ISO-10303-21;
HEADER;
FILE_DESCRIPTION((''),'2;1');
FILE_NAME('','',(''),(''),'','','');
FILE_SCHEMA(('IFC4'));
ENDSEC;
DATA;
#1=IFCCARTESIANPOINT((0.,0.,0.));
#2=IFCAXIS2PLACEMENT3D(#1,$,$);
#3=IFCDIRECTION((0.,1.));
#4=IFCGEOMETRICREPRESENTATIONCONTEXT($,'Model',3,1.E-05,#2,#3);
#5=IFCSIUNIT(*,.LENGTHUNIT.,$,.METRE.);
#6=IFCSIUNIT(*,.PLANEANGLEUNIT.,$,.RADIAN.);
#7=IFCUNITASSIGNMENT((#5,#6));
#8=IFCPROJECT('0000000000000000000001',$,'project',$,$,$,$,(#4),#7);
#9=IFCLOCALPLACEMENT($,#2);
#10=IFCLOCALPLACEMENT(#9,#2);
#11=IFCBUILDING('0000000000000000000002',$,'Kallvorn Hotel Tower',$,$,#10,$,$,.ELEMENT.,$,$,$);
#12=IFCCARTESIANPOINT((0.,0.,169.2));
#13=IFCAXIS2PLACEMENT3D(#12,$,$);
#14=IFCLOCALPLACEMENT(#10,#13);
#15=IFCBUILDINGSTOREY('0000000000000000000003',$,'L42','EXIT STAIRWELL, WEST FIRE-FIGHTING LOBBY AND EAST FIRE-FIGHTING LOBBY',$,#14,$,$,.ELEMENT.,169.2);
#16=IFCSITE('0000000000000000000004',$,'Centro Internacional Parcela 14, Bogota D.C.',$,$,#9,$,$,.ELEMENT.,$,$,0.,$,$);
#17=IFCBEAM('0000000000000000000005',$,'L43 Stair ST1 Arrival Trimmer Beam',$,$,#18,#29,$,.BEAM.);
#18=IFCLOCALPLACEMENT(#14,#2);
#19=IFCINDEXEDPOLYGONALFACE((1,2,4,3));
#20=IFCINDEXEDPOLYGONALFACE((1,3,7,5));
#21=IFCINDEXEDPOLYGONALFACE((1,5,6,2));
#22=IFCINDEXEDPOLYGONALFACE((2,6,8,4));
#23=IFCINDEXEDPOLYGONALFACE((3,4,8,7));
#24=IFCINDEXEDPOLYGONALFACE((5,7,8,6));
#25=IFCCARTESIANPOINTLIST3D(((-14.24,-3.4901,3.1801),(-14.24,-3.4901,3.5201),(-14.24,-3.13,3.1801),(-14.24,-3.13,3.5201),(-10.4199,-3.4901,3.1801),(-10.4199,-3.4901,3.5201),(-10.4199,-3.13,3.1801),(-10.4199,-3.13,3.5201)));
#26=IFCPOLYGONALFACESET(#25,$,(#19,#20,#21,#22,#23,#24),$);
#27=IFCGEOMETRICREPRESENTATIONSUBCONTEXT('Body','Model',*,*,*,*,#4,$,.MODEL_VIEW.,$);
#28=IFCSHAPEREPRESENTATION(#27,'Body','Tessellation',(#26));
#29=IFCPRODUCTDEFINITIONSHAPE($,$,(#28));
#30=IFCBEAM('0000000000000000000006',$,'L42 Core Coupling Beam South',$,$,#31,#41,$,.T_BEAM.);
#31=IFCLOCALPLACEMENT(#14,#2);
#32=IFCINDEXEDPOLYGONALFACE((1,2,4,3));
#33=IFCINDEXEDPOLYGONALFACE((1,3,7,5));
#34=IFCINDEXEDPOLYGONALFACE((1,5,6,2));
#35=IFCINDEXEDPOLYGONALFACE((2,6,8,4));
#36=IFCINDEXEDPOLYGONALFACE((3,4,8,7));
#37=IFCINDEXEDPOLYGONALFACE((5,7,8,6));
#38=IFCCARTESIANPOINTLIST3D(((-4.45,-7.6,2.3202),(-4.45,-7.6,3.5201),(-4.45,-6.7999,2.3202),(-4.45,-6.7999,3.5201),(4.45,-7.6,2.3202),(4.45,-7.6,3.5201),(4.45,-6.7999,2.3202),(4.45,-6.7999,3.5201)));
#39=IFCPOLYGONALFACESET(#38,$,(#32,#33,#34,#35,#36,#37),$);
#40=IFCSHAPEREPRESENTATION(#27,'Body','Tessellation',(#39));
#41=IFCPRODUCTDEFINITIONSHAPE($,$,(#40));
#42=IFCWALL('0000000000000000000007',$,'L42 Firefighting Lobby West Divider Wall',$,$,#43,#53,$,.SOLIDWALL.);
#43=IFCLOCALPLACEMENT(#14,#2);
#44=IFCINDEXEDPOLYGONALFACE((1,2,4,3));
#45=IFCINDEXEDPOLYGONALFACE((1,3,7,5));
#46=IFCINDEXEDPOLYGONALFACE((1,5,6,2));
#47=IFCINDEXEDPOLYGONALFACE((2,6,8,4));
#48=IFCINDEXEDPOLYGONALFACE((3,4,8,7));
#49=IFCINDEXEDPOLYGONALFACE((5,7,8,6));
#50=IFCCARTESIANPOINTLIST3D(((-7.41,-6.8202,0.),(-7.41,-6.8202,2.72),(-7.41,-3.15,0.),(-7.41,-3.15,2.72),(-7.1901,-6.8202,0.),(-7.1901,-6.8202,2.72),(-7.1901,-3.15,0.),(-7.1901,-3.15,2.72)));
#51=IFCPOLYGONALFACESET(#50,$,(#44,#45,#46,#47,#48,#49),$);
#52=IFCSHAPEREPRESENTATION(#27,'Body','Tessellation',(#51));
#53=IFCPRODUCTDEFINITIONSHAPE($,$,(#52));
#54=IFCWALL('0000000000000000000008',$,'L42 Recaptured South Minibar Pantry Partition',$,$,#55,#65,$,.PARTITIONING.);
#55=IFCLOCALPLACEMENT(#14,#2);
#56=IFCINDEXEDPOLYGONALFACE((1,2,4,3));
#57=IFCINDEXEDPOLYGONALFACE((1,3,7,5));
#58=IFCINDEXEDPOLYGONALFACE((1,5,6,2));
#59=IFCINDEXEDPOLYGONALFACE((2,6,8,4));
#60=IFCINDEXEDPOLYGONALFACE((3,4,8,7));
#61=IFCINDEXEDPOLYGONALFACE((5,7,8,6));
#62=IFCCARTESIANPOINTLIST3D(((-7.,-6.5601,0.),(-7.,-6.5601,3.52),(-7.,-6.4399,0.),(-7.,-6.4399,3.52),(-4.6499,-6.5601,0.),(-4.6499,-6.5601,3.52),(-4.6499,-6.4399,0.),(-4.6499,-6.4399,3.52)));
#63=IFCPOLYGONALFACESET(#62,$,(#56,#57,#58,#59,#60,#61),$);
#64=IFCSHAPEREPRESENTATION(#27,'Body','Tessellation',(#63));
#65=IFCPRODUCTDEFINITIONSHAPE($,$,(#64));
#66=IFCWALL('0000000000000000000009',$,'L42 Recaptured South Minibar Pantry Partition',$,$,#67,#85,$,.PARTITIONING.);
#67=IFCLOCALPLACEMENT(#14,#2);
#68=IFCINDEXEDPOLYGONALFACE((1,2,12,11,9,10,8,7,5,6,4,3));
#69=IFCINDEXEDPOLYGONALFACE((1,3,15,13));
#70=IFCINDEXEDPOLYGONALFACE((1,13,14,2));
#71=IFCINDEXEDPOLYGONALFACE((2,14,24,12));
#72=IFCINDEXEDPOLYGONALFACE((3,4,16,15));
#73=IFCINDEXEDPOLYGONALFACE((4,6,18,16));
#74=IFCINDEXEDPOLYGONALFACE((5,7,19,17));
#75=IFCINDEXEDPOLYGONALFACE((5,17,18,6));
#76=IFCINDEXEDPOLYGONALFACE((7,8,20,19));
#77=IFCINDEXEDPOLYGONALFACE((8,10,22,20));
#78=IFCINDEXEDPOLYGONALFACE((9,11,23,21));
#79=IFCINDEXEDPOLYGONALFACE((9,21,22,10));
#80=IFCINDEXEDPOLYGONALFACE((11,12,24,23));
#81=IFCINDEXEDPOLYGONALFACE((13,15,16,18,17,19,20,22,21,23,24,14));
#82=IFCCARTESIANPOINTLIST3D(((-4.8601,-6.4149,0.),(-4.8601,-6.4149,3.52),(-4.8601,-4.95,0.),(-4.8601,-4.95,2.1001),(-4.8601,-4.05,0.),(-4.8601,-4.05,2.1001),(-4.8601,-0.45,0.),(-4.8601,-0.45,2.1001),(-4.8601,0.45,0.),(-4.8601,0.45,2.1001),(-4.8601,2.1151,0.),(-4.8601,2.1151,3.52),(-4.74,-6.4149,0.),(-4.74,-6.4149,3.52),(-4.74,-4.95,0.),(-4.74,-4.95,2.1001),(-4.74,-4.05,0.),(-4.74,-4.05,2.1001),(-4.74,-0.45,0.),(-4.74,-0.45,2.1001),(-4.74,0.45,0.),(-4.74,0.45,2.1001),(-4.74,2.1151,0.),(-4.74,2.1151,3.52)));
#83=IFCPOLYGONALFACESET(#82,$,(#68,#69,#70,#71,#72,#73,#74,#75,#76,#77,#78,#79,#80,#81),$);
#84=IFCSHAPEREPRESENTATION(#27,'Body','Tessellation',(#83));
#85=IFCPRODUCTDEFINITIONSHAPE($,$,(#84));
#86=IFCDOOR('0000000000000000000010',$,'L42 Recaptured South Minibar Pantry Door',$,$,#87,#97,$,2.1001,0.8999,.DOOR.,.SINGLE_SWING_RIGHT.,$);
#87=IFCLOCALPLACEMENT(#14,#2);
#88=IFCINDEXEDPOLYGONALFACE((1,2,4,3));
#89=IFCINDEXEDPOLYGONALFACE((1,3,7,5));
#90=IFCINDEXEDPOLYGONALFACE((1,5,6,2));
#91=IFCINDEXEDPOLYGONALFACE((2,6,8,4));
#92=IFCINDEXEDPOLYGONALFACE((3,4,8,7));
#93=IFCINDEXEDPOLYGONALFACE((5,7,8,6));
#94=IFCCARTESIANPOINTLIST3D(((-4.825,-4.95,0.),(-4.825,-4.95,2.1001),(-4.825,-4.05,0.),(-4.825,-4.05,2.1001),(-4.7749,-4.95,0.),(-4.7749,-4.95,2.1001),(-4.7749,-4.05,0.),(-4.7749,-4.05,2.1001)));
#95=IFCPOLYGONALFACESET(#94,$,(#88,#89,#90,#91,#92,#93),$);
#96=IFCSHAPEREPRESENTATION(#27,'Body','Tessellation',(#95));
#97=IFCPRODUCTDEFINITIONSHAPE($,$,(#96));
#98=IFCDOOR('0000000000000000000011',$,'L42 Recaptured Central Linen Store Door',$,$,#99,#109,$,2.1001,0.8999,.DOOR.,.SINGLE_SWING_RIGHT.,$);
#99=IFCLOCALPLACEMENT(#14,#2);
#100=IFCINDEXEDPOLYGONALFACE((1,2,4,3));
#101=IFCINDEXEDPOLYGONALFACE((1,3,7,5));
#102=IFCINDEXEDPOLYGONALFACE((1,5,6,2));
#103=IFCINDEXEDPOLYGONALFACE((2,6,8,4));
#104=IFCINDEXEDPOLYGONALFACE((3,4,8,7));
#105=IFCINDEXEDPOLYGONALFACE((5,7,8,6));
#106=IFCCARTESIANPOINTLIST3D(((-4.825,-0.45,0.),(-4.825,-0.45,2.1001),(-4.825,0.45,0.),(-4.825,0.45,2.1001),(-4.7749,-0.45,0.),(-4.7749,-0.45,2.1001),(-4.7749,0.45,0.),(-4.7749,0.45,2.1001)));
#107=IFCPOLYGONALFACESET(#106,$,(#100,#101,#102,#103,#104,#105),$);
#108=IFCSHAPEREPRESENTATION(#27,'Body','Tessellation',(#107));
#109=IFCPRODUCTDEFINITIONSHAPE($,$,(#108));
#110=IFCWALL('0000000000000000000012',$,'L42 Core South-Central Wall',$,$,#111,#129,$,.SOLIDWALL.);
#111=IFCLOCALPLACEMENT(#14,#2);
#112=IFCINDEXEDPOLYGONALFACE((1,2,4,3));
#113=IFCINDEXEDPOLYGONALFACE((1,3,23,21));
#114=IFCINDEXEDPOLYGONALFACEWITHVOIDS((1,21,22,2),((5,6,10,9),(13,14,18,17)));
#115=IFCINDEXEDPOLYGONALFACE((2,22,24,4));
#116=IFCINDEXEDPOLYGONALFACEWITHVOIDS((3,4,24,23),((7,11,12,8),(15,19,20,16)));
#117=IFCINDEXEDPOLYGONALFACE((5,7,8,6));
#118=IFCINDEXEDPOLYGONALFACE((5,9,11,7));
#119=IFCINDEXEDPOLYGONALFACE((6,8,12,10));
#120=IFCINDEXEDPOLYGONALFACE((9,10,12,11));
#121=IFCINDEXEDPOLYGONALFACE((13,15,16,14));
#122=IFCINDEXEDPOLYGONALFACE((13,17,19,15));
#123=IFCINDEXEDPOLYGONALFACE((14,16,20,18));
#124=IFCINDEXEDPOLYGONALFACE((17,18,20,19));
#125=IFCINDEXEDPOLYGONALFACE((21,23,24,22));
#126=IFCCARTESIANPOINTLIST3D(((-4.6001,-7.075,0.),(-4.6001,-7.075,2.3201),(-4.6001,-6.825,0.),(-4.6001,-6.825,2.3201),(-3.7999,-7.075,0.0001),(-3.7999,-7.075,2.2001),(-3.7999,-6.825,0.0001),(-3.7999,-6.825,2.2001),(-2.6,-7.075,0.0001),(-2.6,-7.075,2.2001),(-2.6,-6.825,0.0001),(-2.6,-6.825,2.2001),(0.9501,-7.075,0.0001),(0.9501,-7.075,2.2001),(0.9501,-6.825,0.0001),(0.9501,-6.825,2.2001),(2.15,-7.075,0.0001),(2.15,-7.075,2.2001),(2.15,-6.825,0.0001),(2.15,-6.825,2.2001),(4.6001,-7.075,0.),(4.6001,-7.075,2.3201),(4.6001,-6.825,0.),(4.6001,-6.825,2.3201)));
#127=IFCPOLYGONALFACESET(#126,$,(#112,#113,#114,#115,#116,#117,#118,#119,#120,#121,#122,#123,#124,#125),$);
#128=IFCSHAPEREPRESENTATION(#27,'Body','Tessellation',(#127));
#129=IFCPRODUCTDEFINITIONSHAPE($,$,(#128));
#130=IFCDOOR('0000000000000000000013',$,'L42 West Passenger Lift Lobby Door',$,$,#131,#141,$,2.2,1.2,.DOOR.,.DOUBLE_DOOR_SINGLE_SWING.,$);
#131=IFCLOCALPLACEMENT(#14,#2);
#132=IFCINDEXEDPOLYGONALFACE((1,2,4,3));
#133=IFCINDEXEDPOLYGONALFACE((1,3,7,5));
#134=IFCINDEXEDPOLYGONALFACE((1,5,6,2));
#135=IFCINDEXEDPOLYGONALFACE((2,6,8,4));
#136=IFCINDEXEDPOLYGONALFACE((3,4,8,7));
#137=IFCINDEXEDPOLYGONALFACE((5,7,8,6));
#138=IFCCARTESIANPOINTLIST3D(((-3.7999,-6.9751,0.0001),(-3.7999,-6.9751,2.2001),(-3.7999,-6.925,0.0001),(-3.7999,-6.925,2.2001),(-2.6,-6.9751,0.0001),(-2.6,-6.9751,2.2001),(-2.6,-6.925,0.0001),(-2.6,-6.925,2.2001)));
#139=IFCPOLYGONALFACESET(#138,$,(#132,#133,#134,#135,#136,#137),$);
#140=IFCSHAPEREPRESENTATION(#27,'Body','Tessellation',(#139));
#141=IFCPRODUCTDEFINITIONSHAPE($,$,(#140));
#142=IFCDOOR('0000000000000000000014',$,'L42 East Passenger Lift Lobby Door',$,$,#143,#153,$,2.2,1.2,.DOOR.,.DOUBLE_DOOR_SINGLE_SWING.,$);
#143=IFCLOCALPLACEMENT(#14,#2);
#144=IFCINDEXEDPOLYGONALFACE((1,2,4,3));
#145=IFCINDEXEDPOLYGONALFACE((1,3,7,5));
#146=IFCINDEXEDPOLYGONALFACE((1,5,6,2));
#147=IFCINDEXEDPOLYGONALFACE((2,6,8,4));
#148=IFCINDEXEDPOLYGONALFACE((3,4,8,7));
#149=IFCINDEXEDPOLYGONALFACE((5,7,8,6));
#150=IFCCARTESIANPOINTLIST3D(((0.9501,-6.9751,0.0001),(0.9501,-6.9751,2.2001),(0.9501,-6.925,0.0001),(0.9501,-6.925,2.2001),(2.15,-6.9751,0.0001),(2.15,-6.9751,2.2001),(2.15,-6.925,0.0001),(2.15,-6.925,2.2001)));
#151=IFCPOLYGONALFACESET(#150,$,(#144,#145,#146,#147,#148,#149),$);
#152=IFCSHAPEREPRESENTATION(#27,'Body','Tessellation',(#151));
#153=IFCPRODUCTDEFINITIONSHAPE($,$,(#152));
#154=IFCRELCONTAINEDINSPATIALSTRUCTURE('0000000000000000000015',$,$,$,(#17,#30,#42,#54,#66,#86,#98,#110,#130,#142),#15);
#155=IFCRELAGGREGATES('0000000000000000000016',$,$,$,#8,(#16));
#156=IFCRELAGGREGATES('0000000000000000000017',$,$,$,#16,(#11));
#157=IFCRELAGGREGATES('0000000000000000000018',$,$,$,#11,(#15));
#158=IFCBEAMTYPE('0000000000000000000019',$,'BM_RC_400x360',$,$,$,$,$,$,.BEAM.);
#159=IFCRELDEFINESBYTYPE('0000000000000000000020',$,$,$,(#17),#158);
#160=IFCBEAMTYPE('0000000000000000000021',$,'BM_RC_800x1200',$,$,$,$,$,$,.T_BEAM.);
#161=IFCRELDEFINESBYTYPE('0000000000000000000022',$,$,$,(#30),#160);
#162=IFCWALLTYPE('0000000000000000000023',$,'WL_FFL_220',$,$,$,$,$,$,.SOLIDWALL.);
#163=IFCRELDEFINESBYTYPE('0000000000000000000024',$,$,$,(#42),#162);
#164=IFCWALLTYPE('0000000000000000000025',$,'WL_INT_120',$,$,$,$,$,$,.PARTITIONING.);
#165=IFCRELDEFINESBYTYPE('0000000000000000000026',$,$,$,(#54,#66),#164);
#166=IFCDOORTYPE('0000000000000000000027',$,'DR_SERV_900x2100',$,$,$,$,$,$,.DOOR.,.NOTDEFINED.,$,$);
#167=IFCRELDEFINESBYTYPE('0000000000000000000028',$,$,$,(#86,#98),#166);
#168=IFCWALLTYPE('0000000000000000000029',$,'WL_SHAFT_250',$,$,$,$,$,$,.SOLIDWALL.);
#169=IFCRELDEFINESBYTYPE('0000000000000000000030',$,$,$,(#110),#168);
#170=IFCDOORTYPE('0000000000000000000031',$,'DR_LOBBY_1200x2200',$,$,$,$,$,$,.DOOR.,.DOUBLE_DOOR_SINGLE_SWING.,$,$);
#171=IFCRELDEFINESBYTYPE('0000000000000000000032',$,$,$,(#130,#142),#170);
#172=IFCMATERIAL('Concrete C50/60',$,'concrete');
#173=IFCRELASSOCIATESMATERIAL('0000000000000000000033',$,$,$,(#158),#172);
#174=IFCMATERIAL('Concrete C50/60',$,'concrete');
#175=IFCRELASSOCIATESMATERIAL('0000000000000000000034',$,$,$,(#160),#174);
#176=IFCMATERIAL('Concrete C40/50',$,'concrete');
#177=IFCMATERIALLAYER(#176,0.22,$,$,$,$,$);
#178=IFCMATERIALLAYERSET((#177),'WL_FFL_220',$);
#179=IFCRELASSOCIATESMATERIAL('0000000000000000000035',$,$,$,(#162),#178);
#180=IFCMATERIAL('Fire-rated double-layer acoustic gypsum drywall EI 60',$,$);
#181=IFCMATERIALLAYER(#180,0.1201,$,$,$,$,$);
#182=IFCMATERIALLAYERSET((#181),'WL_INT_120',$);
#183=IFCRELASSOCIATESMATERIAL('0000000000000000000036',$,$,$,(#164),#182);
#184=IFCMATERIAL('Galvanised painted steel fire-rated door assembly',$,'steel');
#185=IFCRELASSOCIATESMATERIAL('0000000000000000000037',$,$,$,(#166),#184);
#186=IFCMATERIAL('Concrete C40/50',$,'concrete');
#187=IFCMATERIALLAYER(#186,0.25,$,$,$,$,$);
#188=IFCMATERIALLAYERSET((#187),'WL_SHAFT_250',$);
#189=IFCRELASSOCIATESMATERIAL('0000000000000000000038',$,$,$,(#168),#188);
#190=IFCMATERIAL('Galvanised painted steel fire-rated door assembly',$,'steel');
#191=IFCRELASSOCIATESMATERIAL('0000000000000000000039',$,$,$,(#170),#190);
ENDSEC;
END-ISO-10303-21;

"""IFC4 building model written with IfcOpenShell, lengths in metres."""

from ifc_helpers import new_model, si_unit, direction, frame, frame_2d, origin, origin_2d, place, context, subcontext, project, spatial, rectangle, extrude, material, layer, layer_set, material_profile, profile_set, type_object, element, fill, save


model = new_model("IFC4")

# Units and contexts
model_context = context("Model", 3, precision=1e-05, world=origin(), true_north=direction((0.0, 1.0)))
body_context = subcontext(model_context, "Body", "Model", "MODEL_VIEW")
ifc_project = project(units=[si_unit("LENGTHUNIT", "METRE"), si_unit("PLANEANGLEUNIT", "RADIAN")], contexts=[model_context])

# Site, building, storey
site_placement = place(None, origin())
site = spatial("IfcSite", under=ifc_project, at=site_placement, Name="Centro Internacional Parcela 14, Bogota D.C.", CompositionType="ELEMENT", RefElevation=0.0)
building_placement = place(site_placement, origin())
building = spatial("IfcBuilding", under=site, at=building_placement, Name="Kallvorn Hotel Tower", CompositionType="ELEMENT")
storey_placement = place(building_placement, frame((0.0, 0.0, 169.2)))
storey = spatial("IfcBuildingStorey", under=building, at=storey_placement, Name="L42", Description="EXIT STAIRWELL, WEST FIRE-FIGHTING LOBBY AND EAST FIRE-FIGHTING LOBBY", CompositionType="ELEMENT", Elevation=169.2)

# Beams
ifc_material_1 = material(Name="Concrete C50/60", Category="concrete")
ifc_material_profile_1 = material_profile(ifc_material_1, rectangle(XDim=0.3601, YDim=0.3401, at=origin_2d()), Name="RC 360x340")
ifc_profile_set_1 = profile_set([ifc_material_profile_1], Name="Concrete C50/60")
beam_type_1 = type_object("IfcBeamType", Name="BM_RC_400x360", PredefinedType="BEAM", material=ifc_profile_set_1)
beam_1_placement = place(storey_placement, frame((-10.4199, -3.3101, 3.3501), z_axis=(-1.0, 0.0, 0.0), x_axis=(0.0, -1.0, 0.0)))
element("IfcBeam", 1, at=beam_1_placement, inside=storey, type_object=beam_type_1, Name="L43 Stair ST1 Arrival Trimmer Beam", PredefinedType="BEAM", context=body_context, shape_type="SweptSolid", body=[
    extrude(rectangle(XDim=0.3601, YDim=0.3401, at=origin_2d()), origin(), (0.0, 0.0, 1.0), 3.8201),
])
ifc_material_2 = material(Name="Concrete C50/60", Category="concrete")
ifc_material_profile_2 = material_profile(ifc_material_2, rectangle(XDim=0.8, YDim=1.2, at=origin_2d()), Name="RC 800x1200")
ifc_profile_set_2 = profile_set([ifc_material_profile_2], Name="Concrete C50/60")
beam_type_2 = type_object("IfcBeamType", Name="BM_RC_800x1200", PredefinedType="T_BEAM", material=ifc_profile_set_2)
beam_2_placement = place(storey_placement, frame((-4.45, -7.2, 2.9202), z_axis=(1.0, 0.0, 0.0), x_axis=(0.0, 1.0, 0.0)))
element("IfcBeam", 2, at=beam_2_placement, inside=storey, type_object=beam_type_2, Name="L42 Core Coupling Beam South", PredefinedType="T_BEAM", context=body_context, shape_type="SweptSolid", body=[
    extrude(rectangle(XDim=0.8, YDim=1.2, at=origin_2d()), origin(), (0.0, 0.0, 1.0), 8.8999),
])

# Walls
ifc_material_3 = material(Name="Concrete C40/50", Category="concrete")
ifc_layer_1 = layer(ifc_material_3, 0.22)
ifc_layer_set_1 = layer_set([ifc_layer_1], Name="WL_FFL_220")
wall_type_1 = type_object("IfcWallType", Name="WL_FFL_220", PredefinedType="SOLIDWALL", material=ifc_layer_set_1)
wall_1_placement = place(storey_placement, frame((-7.3, -6.8201, 0.0), z_axis=(0.0, 0.0, 1.0), x_axis=(0.0, 1.0, 0.0)))
element("IfcWall", 3, at=wall_1_placement, inside=storey, type_object=wall_type_1, Name="L42 Firefighting Lobby West Divider Wall", PredefinedType="SOLIDWALL", context=body_context, shape_type="SweptSolid", body=[
    extrude(rectangle(XDim=3.6702, YDim=0.22, at=frame_2d((1.835, 0.0))), origin(), (0.0, 0.0, 1.0), 2.72),
])
ifc_material_4 = material(Name="Fire-rated double-layer acoustic gypsum drywall EI 60")
ifc_layer_2 = layer(ifc_material_4, 0.1201)
ifc_layer_set_2 = layer_set([ifc_layer_2], Name="WL_INT_120")
wall_type_2 = type_object("IfcWallType", Name="WL_INT_120", PredefinedType="PARTITIONING", material=ifc_layer_set_2)
wall_2_placement = place(storey_placement, frame((-7.0, -6.5, 0.0), z_axis=(0.0, 0.0, 1.0), x_axis=(1.0, 0.0, 0.0)))
element("IfcWall", 4, at=wall_2_placement, inside=storey, type_object=wall_type_2, Name="L42 Recaptured South Minibar Pantry Partition", PredefinedType="PARTITIONING", context=body_context, shape_type="SweptSolid", body=[
    extrude(rectangle(XDim=2.3501, YDim=0.1201, at=frame_2d((1.175, 0.0))), origin(), (0.0, 0.0, 1.0), 3.52),
])

# Walls, openings, doors
wall_3_placement = place(storey_placement, frame((-4.8, -6.415, 0.0), z_axis=(0.0, 0.0, 1.0), x_axis=(0.0, 1.0, 0.0)))
wall_3 = element("IfcWall", 5, at=wall_3_placement, inside=storey, type_object=wall_type_2, Name="L42 Recaptured South Minibar Pantry Partition", PredefinedType="PARTITIONING", context=body_context, shape_type="SweptSolid", body=[
    extrude(rectangle(XDim=8.53, YDim=0.1201, at=frame_2d((4.2651, 0.0))), origin(), (0.0, 0.0, 1.0), 3.52),
])
opening_1_placement = place(wall_3_placement, frame((1.4651, 0.0, 0.0)))
opening_1 = element("IfcOpeningElement", 6, at=opening_1_placement, cuts=wall_3, PredefinedType="OPENING", context=body_context, shape_type="SweptSolid", body=[
    extrude(rectangle(XDim=0.8999, YDim=2.1001, at=frame_2d((0.45, 1.05))), frame((0.0, 0.075, 0.0), z_axis=(0.0, -1.0, 0.0), x_axis=(1.0, 0.0, 0.0)), (0.0, 0.0, 1.0), 0.1501),
])
opening_2_placement = place(wall_3_placement, frame((5.9651, 0.0, 0.0)))
opening_2 = element("IfcOpeningElement", 7, at=opening_2_placement, cuts=wall_3, PredefinedType="OPENING", context=body_context, shape_type="SweptSolid", body=[
    extrude(rectangle(XDim=0.8999, YDim=2.1001, at=frame_2d((0.45, 1.05))), frame((0.0, 0.075, 0.0), z_axis=(0.0, -1.0, 0.0), x_axis=(1.0, 0.0, 0.0)), (0.0, 0.0, 1.0), 0.1501),
])
ifc_material_5 = material(Name="Galvanised painted steel fire-rated door assembly", Category="steel")
door_type_1 = type_object("IfcDoorType", Name="DR_SERV_900x2100", OperationType="NOTDEFINED", PredefinedType="DOOR", material=ifc_material_5)
door_1_placement = place(opening_1_placement, origin())
door_1 = element("IfcDoor", 8, at=door_1_placement, inside=storey, type_object=door_type_1, Name="L42 Recaptured South Minibar Pantry Door", OperationType="SINGLE_SWING_RIGHT", OverallHeight=2.1001, OverallWidth=0.8999, PredefinedType="DOOR", context=body_context, shape_type="SweptSolid", body=[
    extrude(rectangle(XDim=0.8999, YDim=2.1001, at=frame_2d((0.45, 1.05))), frame((0.0, 0.0249, 0.0), z_axis=(0.0, -1.0, 0.0), x_axis=(1.0, 0.0, 0.0)), (0.0, 0.0, 1.0), 0.05),
])
fill(opening_1, door_1)
door_2_placement = place(opening_2_placement, origin())
door_2 = element("IfcDoor", 9, at=door_2_placement, inside=storey, type_object=door_type_1, Name="L42 Recaptured Central Linen Store Door", OperationType="SINGLE_SWING_RIGHT", OverallHeight=2.1001, OverallWidth=0.8999, PredefinedType="DOOR", context=body_context, shape_type="SweptSolid", body=[
    extrude(rectangle(XDim=0.8999, YDim=2.1001, at=frame_2d((0.45, 1.05))), frame((0.0, 0.0249, 0.0), z_axis=(0.0, -1.0, 0.0), x_axis=(1.0, 0.0, 0.0)), (0.0, 0.0, 1.0), 0.05),
])
fill(opening_2, door_2)
ifc_material_6 = material(Name="Concrete C40/50", Category="concrete")
ifc_layer_3 = layer(ifc_material_6, 0.25)
ifc_layer_set_3 = layer_set([ifc_layer_3], Name="WL_SHAFT_250")
wall_type_3 = type_object("IfcWallType", Name="WL_SHAFT_250", PredefinedType="SOLIDWALL", material=ifc_layer_set_3)
wall_4_placement = place(storey_placement, frame((-4.6001, -6.95, 0.0), z_axis=(0.0, 0.0, 1.0), x_axis=(1.0, 0.0, 0.0)))
wall_4 = element("IfcWall", 10, at=wall_4_placement, inside=storey, type_object=wall_type_3, Name="L42 Core South-Central Wall", PredefinedType="SOLIDWALL", context=body_context, shape_type="SweptSolid", body=[
    extrude(rectangle(XDim=9.2002, YDim=0.25, at=frame_2d((4.6001, 0.0))), origin(), (0.0, 0.0, 1.0), 2.3201),
])
opening_3_placement = place(wall_4_placement, frame((0.8, 0.0, 0.0)))
opening_3 = element("IfcOpeningElement", 11, at=opening_3_placement, cuts=wall_4, PredefinedType="OPENING", context=body_context, shape_type="SweptSolid", body=[
    extrude(rectangle(XDim=1.2, YDim=2.2, at=frame_2d((0.6001, 1.1001))), frame((0.0, 0.1399, 0.0), z_axis=(0.0, -1.0, 0.0), x_axis=(1.0, 0.0, 0.0)), (0.0, 0.0, 1.0), 0.28),
])
opening_4_placement = place(wall_4_placement, frame((5.55, 0.0, 0.0)))
opening_4 = element("IfcOpeningElement", 12, at=opening_4_placement, cuts=wall_4, PredefinedType="OPENING", context=body_context, shape_type="SweptSolid", body=[
    extrude(rectangle(XDim=1.2, YDim=2.2, at=frame_2d((0.6001, 1.1001))), frame((0.0, 0.1399, 0.0), z_axis=(0.0, -1.0, 0.0), x_axis=(1.0, 0.0, 0.0)), (0.0, 0.0, 1.0), 0.28),
])
ifc_material_7 = material(Name="Galvanised painted steel fire-rated door assembly", Category="steel")
door_type_2 = type_object("IfcDoorType", Name="DR_LOBBY_1200x2200", OperationType="DOUBLE_DOOR_SINGLE_SWING", PredefinedType="DOOR", material=ifc_material_7)
door_3_placement = place(opening_3_placement, origin())
door_3 = element("IfcDoor", 13, at=door_3_placement, inside=storey, type_object=door_type_2, Name="L42 West Passenger Lift Lobby Door", OperationType="DOUBLE_DOOR_SINGLE_SWING", OverallHeight=2.2, OverallWidth=1.2, PredefinedType="DOOR", context=body_context, shape_type="SweptSolid", body=[
    extrude(rectangle(XDim=1.2, YDim=2.2, at=frame_2d((0.6001, 1.1001))), frame((0.0, 0.0249, 0.0), z_axis=(0.0, -1.0, 0.0), x_axis=(1.0, 0.0, 0.0)), (0.0, 0.0, 1.0), 0.05),
])
fill(opening_3, door_3)
door_4_placement = place(opening_4_placement, origin())
door_4 = element("IfcDoor", 14, at=door_4_placement, inside=storey, type_object=door_type_2, Name="L42 East Passenger Lift Lobby Door", OperationType="DOUBLE_DOOR_SINGLE_SWING", OverallHeight=2.2, OverallWidth=1.2, PredefinedType="DOOR", context=body_context, shape_type="SweptSolid", body=[
    extrude(rectangle(XDim=1.2, YDim=2.2, at=frame_2d((0.6001, 1.1001))), frame((0.0, 0.0249, 0.0), z_axis=(0.0, -1.0, 0.0), x_axis=(1.0, 0.0, 0.0)), (0.0, 0.0, 1.0), 0.05),
])
fill(opening_4, door_4)

save(model, "model.ifc")
